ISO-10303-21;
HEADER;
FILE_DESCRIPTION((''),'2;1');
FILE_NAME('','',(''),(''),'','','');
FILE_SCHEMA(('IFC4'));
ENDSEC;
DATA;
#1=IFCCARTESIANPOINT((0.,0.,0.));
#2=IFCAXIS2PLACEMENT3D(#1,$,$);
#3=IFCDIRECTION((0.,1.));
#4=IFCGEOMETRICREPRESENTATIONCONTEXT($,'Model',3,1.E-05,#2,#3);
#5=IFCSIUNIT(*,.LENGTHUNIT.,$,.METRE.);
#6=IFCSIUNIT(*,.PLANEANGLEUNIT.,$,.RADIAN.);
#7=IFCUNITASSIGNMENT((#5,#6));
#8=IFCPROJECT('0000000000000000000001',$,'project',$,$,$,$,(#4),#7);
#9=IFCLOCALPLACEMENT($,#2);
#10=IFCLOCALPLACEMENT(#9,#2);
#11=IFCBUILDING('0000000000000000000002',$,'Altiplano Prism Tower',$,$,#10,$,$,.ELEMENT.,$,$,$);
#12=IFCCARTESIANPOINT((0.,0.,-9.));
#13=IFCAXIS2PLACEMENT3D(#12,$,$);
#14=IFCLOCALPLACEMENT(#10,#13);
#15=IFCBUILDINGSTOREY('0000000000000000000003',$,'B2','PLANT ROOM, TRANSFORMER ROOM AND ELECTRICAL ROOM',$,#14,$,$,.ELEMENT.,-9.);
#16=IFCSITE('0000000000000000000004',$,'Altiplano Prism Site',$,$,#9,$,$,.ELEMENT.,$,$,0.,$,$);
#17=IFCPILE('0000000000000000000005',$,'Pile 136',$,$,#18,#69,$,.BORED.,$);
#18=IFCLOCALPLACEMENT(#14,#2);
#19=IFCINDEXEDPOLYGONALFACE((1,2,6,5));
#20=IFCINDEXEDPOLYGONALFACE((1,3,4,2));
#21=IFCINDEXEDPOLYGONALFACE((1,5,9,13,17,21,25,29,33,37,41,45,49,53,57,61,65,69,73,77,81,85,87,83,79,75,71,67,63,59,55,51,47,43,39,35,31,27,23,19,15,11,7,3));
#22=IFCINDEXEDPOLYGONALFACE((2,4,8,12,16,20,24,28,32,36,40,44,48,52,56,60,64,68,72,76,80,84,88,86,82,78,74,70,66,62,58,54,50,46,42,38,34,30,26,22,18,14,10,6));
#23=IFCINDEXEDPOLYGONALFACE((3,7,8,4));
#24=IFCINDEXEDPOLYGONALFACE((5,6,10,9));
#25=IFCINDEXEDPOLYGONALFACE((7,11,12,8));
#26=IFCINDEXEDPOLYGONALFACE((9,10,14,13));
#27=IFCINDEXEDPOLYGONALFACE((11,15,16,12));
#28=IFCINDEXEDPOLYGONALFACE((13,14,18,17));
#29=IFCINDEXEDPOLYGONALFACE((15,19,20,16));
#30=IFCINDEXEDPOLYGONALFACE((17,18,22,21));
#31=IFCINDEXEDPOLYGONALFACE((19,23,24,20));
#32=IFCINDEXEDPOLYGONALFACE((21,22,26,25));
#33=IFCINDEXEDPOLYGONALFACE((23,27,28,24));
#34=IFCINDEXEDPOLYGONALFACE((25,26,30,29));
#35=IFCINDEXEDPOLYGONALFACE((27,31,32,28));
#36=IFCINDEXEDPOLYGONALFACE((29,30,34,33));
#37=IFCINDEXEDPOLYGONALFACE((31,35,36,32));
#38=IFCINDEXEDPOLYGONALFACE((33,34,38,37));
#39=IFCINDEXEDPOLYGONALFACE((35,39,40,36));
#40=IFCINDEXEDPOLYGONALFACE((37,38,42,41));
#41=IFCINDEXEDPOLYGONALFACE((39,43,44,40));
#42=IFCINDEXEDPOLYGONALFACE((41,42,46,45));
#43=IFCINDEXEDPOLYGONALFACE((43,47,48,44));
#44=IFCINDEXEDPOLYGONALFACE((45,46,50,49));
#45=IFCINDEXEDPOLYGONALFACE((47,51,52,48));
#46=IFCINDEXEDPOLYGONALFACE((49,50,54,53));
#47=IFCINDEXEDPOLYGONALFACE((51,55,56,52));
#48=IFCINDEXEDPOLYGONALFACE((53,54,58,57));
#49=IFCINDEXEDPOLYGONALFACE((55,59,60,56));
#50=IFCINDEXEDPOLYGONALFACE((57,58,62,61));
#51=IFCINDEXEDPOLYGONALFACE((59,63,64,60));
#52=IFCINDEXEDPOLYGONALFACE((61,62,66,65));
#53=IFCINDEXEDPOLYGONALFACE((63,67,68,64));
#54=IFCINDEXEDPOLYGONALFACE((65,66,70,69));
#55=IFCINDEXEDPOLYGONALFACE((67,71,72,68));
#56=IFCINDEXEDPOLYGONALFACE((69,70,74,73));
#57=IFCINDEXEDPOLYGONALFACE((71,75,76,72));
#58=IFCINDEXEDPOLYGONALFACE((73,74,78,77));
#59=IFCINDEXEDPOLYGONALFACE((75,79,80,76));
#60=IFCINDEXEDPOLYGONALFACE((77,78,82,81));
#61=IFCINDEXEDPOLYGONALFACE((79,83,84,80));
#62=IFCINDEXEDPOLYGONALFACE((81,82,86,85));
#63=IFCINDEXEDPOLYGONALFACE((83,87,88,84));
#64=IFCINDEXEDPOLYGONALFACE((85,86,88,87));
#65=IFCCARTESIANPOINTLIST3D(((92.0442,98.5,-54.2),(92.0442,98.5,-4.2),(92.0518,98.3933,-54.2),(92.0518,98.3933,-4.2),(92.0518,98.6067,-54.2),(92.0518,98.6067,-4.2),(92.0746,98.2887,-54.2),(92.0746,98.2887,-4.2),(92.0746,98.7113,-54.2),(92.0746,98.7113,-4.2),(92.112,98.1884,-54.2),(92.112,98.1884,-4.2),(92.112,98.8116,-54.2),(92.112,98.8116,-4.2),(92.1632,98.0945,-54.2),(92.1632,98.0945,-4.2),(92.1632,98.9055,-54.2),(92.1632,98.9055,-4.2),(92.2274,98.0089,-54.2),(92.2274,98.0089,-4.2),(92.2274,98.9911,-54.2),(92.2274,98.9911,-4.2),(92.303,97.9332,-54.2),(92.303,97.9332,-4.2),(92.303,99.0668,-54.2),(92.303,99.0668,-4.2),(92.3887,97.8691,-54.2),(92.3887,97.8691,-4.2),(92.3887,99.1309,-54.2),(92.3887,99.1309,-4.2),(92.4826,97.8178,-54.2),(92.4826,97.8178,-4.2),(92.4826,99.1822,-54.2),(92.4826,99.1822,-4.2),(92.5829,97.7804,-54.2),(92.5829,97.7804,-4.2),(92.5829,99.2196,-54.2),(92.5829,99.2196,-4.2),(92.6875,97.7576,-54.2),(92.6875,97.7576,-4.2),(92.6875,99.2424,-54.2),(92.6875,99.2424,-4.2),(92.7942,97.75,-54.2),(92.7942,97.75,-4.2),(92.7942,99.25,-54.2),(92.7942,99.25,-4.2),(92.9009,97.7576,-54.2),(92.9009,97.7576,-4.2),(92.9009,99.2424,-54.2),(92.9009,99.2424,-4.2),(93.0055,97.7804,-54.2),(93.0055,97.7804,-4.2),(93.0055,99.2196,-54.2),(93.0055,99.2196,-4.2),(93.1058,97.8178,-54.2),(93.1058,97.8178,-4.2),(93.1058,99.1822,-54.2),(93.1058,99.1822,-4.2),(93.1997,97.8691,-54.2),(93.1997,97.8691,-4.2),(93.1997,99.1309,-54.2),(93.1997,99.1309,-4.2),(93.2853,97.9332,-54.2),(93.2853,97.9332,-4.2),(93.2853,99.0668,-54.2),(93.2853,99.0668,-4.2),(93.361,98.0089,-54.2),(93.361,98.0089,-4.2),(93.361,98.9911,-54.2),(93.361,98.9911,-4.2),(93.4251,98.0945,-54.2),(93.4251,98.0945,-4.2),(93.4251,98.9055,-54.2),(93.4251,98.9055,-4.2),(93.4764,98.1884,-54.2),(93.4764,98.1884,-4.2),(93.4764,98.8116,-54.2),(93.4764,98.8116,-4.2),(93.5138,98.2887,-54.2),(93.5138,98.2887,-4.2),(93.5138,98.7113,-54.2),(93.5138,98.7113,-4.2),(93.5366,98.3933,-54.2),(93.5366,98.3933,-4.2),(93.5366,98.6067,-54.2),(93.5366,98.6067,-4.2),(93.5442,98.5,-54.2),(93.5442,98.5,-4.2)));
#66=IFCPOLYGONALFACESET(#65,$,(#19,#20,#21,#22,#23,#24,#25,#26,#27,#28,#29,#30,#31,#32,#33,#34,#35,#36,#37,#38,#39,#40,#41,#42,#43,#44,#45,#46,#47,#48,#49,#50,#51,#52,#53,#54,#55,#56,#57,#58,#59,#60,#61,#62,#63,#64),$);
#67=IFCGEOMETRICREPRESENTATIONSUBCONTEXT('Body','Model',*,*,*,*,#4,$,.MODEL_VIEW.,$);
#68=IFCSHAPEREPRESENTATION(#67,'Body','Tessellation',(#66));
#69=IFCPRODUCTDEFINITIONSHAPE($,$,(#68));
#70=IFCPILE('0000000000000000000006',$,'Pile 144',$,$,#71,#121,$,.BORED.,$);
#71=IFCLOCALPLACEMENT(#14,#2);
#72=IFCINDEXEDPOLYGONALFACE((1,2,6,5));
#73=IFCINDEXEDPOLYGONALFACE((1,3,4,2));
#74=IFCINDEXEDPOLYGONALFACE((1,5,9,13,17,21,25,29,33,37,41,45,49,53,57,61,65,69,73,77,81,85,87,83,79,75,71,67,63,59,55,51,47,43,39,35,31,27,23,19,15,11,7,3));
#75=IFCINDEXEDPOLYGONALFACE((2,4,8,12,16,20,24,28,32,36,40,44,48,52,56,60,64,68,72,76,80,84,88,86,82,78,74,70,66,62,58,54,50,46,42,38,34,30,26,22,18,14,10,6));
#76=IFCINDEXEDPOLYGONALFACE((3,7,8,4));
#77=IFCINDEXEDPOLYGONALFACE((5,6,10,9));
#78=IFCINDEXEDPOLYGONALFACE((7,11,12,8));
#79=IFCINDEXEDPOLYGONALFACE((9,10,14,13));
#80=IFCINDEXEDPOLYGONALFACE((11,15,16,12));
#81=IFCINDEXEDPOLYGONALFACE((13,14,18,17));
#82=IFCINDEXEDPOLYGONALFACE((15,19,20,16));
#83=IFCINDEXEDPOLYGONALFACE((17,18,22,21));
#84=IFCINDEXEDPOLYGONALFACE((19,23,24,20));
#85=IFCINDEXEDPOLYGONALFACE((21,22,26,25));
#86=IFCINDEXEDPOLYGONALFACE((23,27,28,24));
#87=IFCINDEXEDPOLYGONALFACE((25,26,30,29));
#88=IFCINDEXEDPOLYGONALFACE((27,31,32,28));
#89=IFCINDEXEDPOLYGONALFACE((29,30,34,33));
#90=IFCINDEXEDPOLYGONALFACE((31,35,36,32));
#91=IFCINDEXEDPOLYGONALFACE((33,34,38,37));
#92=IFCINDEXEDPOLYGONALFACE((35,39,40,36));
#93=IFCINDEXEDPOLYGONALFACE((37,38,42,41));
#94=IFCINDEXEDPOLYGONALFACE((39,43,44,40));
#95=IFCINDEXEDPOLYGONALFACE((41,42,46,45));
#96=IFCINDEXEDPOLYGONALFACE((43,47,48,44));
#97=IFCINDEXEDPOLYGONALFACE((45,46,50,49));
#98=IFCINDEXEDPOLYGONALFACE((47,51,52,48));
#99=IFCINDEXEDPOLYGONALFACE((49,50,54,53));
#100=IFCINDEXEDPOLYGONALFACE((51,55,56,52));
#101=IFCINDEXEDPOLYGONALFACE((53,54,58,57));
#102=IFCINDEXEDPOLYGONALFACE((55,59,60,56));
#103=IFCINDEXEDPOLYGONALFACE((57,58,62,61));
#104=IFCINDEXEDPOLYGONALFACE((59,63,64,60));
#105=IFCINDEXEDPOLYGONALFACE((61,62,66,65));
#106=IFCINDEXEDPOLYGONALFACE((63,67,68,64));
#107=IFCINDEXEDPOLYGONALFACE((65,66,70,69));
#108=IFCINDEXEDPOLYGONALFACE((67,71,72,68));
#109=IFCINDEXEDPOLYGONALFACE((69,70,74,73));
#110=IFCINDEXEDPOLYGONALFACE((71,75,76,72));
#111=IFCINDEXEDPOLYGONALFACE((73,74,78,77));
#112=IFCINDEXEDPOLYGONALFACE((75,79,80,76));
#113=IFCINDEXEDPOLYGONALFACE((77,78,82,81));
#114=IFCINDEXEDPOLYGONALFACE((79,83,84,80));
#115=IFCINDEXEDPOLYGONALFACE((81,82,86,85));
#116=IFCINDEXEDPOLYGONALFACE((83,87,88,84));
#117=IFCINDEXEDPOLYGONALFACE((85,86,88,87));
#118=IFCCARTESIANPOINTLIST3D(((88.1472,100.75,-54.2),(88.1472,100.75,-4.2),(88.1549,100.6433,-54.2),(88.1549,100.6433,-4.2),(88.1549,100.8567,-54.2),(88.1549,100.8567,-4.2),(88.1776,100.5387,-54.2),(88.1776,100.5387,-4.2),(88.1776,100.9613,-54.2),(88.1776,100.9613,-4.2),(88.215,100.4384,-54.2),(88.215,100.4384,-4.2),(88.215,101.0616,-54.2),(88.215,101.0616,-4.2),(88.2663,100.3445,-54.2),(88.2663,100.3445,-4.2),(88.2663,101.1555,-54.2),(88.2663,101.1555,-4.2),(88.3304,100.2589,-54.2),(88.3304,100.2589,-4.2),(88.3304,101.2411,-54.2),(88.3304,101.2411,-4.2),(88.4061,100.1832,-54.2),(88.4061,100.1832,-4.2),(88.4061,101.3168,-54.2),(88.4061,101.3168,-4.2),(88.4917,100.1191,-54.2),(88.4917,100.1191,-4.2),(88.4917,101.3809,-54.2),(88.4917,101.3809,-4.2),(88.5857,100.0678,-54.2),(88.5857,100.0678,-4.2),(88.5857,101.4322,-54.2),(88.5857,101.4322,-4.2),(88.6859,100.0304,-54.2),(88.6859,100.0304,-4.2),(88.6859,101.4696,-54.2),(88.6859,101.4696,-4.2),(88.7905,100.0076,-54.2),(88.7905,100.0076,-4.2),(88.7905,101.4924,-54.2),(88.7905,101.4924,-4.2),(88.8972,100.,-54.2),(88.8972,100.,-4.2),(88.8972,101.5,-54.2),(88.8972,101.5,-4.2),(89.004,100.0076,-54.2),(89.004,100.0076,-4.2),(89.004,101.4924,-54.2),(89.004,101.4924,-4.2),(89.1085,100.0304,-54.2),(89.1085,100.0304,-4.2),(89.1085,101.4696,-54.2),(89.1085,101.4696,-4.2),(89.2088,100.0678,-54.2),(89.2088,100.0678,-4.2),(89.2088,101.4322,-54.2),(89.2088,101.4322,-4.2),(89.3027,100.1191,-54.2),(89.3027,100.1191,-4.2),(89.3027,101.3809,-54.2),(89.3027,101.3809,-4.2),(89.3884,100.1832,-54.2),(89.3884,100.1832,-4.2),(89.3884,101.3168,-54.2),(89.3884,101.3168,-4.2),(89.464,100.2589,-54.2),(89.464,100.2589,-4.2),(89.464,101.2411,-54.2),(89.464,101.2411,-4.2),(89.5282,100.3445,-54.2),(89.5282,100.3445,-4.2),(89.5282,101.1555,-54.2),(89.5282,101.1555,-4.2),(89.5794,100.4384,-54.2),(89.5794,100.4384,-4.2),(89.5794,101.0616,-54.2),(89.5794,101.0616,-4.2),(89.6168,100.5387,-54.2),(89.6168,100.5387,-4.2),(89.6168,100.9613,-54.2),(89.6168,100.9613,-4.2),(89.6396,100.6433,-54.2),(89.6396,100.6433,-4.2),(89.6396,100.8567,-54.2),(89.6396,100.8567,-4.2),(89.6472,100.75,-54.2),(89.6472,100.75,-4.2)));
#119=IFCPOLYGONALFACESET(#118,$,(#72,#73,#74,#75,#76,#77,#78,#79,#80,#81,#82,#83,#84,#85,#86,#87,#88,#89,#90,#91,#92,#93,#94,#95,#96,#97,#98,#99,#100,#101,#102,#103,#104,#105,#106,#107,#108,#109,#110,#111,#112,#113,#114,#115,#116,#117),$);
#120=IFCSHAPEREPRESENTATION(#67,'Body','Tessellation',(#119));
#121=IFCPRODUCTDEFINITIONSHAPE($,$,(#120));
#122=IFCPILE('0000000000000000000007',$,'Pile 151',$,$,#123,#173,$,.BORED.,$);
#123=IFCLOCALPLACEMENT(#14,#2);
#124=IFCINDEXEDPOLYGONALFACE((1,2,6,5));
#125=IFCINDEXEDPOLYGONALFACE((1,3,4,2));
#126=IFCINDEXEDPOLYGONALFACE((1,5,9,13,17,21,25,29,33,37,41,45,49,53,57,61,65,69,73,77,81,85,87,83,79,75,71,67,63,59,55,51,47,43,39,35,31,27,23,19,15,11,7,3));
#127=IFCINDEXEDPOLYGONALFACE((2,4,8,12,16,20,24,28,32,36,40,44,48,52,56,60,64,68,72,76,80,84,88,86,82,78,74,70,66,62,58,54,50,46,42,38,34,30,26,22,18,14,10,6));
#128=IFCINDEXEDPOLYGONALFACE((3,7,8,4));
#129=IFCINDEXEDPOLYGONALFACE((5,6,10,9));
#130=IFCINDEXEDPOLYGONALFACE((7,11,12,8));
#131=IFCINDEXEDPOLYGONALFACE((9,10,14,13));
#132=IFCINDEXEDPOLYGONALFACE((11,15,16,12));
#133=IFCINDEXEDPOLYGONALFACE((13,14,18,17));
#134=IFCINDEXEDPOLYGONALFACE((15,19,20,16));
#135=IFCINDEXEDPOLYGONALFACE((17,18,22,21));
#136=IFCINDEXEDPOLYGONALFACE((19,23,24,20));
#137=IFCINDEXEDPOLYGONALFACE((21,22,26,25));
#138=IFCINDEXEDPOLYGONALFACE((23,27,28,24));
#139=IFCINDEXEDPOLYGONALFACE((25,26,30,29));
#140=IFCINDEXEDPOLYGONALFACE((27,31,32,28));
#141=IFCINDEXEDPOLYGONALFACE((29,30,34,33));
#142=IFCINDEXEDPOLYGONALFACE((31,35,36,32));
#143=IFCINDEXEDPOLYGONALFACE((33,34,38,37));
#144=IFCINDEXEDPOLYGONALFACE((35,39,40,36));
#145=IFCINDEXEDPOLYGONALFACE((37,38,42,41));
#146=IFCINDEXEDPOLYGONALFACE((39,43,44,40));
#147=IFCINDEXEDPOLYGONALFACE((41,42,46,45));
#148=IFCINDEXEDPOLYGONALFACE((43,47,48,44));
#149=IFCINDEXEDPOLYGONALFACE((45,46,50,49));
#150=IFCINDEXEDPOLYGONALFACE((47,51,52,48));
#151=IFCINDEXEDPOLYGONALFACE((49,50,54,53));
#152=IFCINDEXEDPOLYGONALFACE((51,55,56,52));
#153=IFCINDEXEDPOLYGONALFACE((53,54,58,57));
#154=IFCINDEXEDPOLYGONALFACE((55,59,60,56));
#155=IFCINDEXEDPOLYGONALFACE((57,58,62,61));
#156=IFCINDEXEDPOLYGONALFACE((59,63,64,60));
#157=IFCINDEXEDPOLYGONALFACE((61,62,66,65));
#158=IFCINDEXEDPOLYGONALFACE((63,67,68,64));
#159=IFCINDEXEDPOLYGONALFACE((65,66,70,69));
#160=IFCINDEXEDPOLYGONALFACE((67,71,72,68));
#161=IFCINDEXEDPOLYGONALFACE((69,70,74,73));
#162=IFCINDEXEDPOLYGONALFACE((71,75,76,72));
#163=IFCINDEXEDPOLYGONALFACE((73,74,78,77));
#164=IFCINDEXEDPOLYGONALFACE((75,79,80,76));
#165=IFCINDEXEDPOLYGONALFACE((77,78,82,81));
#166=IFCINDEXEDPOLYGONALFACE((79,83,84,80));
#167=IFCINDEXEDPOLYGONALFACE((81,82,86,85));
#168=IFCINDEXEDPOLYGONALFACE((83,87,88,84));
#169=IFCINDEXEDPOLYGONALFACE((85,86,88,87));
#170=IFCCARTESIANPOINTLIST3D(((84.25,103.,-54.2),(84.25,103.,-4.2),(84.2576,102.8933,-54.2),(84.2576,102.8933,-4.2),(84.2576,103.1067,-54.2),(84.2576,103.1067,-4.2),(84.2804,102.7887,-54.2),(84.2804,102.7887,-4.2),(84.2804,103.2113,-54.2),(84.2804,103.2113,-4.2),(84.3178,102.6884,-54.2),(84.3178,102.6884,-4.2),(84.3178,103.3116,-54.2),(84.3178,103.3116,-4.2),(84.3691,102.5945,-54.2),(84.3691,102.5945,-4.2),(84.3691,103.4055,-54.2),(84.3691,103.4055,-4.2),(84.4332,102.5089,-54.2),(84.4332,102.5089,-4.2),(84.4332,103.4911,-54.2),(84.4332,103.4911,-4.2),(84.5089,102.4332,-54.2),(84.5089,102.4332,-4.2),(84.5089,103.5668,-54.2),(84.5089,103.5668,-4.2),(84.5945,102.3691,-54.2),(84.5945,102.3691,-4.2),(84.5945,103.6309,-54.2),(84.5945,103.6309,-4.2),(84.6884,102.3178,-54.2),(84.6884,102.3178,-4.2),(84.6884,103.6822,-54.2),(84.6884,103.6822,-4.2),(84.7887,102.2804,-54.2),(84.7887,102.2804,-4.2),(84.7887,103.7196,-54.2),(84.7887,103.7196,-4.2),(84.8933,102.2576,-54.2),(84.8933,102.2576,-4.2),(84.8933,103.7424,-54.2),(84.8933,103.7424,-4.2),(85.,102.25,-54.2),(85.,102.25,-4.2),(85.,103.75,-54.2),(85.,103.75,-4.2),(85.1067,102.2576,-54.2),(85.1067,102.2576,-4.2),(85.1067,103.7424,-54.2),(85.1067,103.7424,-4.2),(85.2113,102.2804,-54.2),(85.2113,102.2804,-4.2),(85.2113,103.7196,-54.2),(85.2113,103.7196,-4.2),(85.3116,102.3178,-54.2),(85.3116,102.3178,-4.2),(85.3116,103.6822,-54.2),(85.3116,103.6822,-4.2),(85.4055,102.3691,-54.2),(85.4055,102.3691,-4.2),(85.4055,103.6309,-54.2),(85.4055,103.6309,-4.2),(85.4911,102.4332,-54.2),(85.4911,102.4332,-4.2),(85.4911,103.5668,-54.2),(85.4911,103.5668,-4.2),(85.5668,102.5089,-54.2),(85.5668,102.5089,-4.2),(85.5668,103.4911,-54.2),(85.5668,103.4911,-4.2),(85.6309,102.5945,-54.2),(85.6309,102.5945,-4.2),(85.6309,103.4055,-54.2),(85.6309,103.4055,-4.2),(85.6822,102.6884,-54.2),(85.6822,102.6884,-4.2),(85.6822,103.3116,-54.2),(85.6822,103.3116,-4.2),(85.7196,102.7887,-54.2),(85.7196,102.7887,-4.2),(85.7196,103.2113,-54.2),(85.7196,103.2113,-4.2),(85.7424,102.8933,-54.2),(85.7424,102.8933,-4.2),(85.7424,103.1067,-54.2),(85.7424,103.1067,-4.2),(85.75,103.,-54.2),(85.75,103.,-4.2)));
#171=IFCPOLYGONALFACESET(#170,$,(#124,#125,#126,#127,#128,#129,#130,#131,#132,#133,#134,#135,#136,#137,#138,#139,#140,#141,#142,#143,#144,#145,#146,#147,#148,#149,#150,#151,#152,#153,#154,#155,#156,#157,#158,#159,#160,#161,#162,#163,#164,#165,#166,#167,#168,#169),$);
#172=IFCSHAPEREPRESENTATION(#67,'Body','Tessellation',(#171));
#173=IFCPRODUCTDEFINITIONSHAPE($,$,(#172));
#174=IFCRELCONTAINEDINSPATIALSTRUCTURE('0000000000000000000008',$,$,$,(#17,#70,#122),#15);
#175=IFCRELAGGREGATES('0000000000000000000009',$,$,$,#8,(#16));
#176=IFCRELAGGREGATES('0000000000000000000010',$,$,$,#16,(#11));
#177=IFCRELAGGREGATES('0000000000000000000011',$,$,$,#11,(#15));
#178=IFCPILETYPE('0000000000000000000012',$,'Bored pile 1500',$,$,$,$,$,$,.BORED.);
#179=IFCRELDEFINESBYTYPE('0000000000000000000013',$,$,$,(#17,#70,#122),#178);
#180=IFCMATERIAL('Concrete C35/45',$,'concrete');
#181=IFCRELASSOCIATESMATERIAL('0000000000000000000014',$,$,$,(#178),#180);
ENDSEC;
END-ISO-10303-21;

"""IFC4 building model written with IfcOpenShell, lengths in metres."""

from ifc_helpers import new_model, si_unit, direction, frame, origin, origin_2d, place, context, subcontext, project, spatial, circle, extrude, material, material_profile, profile_set, type_object, element, save


model = new_model("IFC4")

# Units and contexts
model_context = context("Model", 3, precision=1e-05, world=origin(), true_north=direction((0.0, 1.0)))
body_context = subcontext(model_context, "Body", "Model", "MODEL_VIEW")
ifc_project = project(units=[si_unit("LENGTHUNIT", "METRE"), si_unit("PLANEANGLEUNIT", "RADIAN")], contexts=[model_context])

# Site, building, storey
site_placement = place(None, origin())
site = spatial("IfcSite", under=ifc_project, at=site_placement, Name="Altiplano Prism Site", CompositionType="ELEMENT", RefElevation=0.0)
building_placement = place(site_placement, origin())
building = spatial("IfcBuilding", under=site, at=building_placement, Name="Altiplano Prism Tower", CompositionType="ELEMENT")
storey_placement = place(building_placement, frame((0.0, 0.0, -9.0)))
storey = spatial("IfcBuildingStorey", under=building, at=storey_placement, Name="B2", Description="PLANT ROOM, TRANSFORMER ROOM AND ELECTRICAL ROOM", CompositionType="ELEMENT", Elevation=-9.0)

# Piles
ifc_material_1 = material(Name="Concrete C35/45", Category="concrete")
ifc_material_profile = material_profile(ifc_material_1, circle(Radius=0.75, at=origin_2d()), Name="Bored pile 1500")
ifc_profile_set = profile_set([ifc_material_profile], Name="Concrete C35/45")
pile_type = type_object("IfcPileType", Name="Bored pile 1500", PredefinedType="BORED", material=ifc_profile_set)
for number, where, z_axis, x_axis, name in (
    (1, (92.7942, 98.5, -4.2), (0.0, 0.0, -1.0), (1.0, 0.0, 0.0), "Pile 136"),
    (2, (88.8972, 100.75, -4.2), (0.0, 0.0, -1.0), (1.0, 0.0, 0.0), "Pile 144"),
    (3, (85.0, 103.0, -4.2), (0.0, 0.0, -1.0), (1.0, 0.0, 0.0), "Pile 151"),
):
    element("IfcPile", number, at=place(storey_placement, frame(where, z_axis=z_axis, x_axis=x_axis)), inside=storey, type_object=pile_type, Name=name, PredefinedType="BORED", context=body_context, shape_type="SweptSolid", body=[
        extrude(circle(Radius=0.75, at=origin_2d()), origin(), (0.0, 0.0, 1.0), 50.0),
    ])

save(model, "model.ifc")
